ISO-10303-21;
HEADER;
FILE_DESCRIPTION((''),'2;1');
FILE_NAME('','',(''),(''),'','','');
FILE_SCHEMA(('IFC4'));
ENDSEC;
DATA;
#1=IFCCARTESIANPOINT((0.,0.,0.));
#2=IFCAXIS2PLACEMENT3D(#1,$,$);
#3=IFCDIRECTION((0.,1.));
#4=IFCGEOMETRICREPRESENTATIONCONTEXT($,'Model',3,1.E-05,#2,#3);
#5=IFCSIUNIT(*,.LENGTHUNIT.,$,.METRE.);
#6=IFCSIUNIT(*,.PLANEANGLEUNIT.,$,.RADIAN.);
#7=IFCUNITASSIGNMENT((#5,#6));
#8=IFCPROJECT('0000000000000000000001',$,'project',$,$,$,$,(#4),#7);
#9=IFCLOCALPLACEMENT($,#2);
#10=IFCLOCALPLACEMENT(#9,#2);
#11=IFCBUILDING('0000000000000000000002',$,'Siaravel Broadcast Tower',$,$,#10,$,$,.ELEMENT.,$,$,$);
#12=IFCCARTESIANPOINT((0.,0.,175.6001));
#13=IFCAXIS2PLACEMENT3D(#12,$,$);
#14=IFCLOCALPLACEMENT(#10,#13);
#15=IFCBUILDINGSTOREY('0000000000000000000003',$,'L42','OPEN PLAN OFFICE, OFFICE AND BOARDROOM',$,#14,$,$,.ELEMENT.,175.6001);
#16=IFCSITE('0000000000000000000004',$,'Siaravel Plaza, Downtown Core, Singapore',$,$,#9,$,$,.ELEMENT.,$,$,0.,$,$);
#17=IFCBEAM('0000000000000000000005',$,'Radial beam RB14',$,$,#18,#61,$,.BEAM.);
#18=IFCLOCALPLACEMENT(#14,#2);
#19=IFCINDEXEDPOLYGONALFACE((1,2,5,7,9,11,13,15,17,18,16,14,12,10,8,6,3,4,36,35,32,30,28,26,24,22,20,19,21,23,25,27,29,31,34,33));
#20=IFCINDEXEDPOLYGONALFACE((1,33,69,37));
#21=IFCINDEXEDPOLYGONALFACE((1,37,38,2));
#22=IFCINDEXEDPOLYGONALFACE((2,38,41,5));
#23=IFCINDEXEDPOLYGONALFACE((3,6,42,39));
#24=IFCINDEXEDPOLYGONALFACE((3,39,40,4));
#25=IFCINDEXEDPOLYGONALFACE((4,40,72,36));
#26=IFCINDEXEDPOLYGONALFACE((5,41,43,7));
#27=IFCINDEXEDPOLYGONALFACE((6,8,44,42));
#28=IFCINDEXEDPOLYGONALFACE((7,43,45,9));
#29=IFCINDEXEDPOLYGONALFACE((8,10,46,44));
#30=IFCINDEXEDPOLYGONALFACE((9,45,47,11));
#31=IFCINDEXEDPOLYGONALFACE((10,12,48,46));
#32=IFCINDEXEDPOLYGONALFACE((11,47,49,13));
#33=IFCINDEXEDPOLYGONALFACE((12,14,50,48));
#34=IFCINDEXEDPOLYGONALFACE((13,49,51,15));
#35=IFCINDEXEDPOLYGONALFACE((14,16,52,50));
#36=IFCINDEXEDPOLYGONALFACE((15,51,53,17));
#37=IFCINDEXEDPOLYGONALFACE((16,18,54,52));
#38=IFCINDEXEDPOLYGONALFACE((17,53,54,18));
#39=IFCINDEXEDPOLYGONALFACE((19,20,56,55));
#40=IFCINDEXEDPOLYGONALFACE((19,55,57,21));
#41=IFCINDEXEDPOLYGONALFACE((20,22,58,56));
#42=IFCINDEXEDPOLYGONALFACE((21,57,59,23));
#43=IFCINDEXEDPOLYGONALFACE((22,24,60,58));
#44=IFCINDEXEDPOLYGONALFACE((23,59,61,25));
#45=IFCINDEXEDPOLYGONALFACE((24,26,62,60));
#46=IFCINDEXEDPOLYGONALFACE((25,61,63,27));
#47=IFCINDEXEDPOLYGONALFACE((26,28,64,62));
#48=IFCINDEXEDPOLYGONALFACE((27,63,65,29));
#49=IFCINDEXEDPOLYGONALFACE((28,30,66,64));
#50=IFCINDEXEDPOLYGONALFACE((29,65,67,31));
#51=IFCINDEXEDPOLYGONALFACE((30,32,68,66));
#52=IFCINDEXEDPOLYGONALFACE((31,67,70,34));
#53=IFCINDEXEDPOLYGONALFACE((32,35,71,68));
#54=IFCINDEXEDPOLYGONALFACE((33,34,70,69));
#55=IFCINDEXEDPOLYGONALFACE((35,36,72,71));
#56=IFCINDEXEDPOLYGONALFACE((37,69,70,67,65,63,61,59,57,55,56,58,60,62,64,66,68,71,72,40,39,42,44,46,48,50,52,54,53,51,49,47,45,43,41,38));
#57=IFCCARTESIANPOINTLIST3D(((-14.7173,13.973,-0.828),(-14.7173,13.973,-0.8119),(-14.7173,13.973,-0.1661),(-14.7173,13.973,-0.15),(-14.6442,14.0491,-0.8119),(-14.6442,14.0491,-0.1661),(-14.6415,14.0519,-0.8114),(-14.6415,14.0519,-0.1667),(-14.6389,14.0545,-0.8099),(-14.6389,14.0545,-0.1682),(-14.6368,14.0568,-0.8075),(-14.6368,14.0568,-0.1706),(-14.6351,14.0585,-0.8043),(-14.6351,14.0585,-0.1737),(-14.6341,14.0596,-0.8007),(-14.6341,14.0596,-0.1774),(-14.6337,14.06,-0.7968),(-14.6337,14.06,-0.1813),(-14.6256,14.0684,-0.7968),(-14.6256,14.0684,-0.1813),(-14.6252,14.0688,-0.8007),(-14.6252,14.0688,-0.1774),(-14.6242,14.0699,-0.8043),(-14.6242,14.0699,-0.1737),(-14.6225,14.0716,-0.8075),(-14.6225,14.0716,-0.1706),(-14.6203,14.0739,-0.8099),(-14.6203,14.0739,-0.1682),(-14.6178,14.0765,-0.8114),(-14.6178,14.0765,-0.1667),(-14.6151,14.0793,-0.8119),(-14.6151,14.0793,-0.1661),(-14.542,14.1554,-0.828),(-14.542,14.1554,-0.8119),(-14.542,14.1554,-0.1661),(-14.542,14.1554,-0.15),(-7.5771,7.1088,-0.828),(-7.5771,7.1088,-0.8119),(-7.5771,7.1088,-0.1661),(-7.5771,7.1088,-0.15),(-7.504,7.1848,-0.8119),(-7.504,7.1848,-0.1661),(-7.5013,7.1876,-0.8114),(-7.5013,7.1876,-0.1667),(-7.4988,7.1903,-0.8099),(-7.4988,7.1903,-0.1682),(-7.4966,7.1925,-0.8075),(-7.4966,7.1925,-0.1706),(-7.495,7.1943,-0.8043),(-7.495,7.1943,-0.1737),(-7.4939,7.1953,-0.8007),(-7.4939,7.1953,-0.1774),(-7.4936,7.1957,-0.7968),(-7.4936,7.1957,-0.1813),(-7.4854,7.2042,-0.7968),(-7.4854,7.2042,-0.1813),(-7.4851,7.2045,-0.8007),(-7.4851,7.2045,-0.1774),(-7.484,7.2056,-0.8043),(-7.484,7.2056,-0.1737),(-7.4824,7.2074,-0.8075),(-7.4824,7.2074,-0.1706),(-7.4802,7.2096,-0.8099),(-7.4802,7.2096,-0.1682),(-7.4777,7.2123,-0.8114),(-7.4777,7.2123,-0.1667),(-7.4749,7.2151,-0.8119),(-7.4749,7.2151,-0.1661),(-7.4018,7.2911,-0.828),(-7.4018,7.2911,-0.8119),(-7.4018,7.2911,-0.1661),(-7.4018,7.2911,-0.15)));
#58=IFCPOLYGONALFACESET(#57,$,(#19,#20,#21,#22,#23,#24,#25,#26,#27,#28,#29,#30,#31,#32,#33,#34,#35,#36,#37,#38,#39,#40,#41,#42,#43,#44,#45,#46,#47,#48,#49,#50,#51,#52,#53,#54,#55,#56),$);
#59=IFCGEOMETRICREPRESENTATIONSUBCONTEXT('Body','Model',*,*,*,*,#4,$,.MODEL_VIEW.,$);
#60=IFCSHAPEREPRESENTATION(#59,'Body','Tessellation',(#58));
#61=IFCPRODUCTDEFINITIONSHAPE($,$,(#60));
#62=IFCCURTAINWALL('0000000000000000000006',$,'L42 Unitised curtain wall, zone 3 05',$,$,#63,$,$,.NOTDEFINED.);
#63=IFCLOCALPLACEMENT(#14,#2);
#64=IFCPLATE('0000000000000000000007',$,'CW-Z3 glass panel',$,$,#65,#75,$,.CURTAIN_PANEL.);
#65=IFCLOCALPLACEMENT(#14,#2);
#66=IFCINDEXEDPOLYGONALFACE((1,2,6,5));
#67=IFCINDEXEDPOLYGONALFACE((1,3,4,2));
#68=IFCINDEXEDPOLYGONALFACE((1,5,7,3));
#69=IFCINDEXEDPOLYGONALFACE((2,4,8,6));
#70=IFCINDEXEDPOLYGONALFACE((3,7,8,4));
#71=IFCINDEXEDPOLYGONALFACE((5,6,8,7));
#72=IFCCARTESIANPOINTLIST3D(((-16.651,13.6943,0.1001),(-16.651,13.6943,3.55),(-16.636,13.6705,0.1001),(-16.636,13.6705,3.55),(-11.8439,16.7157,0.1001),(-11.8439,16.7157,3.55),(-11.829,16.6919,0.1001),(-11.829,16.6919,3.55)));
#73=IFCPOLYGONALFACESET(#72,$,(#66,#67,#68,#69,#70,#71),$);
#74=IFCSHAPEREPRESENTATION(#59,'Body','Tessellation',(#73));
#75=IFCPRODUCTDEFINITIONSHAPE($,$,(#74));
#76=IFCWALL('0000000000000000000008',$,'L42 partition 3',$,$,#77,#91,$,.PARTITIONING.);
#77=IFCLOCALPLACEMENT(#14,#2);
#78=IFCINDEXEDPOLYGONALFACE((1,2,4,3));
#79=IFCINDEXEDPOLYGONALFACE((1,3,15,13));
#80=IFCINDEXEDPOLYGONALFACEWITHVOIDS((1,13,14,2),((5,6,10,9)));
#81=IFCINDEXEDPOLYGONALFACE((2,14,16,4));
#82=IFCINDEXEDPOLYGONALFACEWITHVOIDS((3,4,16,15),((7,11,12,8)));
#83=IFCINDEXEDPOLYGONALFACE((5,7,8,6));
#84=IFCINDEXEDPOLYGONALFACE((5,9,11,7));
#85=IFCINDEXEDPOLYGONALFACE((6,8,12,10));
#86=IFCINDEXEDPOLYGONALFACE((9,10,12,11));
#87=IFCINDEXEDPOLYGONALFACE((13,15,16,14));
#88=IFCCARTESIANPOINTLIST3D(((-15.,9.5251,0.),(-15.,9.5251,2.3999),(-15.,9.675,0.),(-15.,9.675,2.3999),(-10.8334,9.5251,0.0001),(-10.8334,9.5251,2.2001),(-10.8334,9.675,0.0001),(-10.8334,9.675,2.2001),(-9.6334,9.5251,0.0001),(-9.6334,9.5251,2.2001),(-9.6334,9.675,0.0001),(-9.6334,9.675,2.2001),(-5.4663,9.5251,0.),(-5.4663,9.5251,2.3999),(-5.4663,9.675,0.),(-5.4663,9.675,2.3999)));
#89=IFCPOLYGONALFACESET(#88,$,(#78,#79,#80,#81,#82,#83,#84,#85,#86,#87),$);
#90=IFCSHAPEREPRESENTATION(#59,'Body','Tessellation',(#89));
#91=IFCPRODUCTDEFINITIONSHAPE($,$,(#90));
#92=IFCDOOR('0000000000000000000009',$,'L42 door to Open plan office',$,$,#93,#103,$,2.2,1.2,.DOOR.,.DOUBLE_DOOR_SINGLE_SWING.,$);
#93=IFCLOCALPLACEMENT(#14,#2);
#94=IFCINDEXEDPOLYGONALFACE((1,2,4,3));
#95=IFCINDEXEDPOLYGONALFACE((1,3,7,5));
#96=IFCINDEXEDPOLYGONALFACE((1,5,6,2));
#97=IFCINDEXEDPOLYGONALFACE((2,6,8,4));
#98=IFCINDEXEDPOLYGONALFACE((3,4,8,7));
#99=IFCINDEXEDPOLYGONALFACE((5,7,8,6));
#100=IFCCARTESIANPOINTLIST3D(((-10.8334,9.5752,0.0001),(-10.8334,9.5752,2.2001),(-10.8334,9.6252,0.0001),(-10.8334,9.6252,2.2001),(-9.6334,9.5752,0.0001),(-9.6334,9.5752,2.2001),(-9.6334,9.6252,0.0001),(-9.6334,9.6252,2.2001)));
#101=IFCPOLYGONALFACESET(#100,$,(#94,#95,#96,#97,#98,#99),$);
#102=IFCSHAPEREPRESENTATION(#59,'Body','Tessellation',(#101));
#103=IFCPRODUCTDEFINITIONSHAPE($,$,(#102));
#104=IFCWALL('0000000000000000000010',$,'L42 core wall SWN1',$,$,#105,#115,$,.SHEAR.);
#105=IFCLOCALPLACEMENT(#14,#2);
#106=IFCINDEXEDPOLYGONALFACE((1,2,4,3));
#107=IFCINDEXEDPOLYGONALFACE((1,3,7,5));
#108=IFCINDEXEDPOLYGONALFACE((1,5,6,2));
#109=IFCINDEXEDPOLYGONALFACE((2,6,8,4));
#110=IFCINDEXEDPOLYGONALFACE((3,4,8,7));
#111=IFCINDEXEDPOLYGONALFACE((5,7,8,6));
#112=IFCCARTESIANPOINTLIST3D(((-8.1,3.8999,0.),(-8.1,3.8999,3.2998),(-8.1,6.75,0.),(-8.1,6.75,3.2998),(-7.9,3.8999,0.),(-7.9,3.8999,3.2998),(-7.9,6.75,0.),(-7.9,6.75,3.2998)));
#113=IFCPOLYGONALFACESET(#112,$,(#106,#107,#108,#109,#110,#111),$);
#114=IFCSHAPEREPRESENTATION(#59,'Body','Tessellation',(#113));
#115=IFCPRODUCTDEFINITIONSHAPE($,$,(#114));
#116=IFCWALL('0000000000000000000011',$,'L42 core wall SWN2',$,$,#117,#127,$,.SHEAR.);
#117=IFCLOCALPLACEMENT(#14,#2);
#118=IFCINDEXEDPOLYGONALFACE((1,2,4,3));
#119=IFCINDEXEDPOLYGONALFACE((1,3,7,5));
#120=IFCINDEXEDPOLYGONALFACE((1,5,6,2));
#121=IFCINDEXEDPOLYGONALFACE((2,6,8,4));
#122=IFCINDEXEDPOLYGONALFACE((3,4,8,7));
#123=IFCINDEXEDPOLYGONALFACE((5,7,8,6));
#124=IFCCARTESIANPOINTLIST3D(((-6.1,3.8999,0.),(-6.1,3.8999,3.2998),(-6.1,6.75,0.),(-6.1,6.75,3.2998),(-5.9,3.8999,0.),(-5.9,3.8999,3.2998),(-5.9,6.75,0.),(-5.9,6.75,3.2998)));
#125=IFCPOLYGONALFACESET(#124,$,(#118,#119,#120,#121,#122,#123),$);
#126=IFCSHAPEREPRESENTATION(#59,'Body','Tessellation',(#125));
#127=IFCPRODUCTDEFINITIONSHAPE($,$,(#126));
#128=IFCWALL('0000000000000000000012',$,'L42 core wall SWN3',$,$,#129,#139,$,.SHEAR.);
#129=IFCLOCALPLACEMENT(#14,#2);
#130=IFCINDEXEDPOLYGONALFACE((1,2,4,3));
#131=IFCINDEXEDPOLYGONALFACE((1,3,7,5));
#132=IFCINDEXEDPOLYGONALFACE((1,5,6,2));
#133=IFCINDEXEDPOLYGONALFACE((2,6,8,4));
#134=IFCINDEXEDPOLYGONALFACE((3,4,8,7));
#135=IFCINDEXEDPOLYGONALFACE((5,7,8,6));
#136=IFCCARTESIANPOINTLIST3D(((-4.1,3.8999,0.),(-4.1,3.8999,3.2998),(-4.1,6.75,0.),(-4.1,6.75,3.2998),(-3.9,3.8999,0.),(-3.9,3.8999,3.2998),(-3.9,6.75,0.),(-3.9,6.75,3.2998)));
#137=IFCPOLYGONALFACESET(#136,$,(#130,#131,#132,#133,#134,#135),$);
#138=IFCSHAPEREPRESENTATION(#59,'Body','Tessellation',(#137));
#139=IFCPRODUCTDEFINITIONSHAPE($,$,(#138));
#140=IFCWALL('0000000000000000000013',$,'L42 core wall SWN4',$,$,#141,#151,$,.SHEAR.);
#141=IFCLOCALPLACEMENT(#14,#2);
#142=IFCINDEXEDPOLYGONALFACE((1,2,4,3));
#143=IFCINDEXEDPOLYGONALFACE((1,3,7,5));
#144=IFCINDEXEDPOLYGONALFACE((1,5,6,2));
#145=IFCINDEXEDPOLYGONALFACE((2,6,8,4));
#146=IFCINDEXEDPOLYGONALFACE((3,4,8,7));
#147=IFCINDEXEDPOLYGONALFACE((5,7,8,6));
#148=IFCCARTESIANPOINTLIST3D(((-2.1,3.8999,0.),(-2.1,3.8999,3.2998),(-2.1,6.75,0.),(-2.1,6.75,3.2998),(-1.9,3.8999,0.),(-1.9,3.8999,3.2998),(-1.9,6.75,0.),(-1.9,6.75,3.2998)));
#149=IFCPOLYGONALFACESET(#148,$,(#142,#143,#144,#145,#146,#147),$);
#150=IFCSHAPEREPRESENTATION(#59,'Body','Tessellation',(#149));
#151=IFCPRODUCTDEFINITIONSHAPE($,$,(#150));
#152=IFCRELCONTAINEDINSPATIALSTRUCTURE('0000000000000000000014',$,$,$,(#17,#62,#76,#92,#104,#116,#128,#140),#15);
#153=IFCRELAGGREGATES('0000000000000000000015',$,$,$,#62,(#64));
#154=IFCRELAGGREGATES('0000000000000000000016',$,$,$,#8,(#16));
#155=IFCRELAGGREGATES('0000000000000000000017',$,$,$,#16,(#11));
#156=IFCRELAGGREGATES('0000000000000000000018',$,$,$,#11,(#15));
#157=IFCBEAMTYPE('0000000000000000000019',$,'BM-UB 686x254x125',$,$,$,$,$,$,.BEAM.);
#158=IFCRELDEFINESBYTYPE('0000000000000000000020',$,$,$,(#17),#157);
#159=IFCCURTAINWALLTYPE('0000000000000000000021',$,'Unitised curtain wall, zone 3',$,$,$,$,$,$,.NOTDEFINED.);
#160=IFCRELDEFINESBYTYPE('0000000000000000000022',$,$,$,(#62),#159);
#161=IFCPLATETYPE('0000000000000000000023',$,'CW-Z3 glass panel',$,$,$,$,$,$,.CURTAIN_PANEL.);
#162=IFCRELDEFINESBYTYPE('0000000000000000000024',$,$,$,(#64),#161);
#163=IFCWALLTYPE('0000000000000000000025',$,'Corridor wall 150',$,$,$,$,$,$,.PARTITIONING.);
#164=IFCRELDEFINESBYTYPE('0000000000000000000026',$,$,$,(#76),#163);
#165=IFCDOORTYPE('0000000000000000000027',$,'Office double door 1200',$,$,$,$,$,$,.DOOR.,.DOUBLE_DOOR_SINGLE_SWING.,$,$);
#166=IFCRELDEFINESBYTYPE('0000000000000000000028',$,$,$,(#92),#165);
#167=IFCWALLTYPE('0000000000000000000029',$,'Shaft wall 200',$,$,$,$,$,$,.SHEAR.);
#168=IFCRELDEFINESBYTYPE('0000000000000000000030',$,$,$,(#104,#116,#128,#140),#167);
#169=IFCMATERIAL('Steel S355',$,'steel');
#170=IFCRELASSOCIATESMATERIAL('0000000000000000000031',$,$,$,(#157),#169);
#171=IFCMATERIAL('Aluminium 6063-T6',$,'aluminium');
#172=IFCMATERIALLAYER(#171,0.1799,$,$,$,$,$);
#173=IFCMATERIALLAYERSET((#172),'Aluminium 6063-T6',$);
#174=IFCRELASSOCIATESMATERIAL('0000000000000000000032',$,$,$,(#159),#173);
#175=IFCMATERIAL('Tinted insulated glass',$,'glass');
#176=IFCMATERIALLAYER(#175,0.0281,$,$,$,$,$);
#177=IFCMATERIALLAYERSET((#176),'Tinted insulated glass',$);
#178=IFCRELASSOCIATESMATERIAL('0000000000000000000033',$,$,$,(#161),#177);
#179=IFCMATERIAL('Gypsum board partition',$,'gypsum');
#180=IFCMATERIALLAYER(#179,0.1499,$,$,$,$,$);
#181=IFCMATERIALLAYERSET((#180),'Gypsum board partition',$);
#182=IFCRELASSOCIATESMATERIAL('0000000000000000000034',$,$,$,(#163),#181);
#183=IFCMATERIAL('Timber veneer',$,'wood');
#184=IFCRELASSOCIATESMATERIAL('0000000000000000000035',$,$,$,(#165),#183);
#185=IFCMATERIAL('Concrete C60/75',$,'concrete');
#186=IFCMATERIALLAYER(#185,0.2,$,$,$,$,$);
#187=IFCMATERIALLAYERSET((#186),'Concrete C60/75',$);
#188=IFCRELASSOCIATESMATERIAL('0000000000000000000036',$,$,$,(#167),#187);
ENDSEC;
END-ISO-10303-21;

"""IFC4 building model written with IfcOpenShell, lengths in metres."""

from ifc_helpers import new_model, si_unit, direction, frame, frame_2d, origin, origin_2d, place, context, subcontext, project, spatial, rectangle, i_section, extrude, material, layer, layer_set, material_profile, profile_set, type_object, element, fill, aggregate, save


model = new_model("IFC4")

# Units and contexts
model_context = context("Model", 3, precision=1e-05, world=origin(), true_north=direction((0.0, 1.0)))
body_context = subcontext(model_context, "Body", "Model", "MODEL_VIEW")
ifc_project = project(units=[si_unit("LENGTHUNIT", "METRE"), si_unit("PLANEANGLEUNIT", "RADIAN")], contexts=[model_context])

# Site, building, storey
site_placement = place(None, origin())
site = spatial("IfcSite", under=ifc_project, at=site_placement, Name="Siaravel Plaza, Downtown Core, Singapore", CompositionType="ELEMENT", RefElevation=0.0)
building_placement = place(site_placement, origin())
building = spatial("IfcBuilding", under=site, at=building_placement, Name="Siaravel Broadcast Tower", CompositionType="ELEMENT")
storey_placement = place(building_placement, frame((0.0, 0.0, 175.6001)))
storey = spatial("IfcBuildingStorey", under=building, at=storey_placement, Name="L42", Description="OPEN PLAN OFFICE, OFFICE AND BOARDROOM", CompositionType="ELEMENT", Elevation=175.6001)

# Beam
ifc_material_1 = material(Name="Steel S355", Category="steel")
ifc_material_profile = material_profile(ifc_material_1, i_section(OverallWidth=0.2529, OverallDepth=0.678, WebThickness=0.0117, FlangeThickness=0.0161, FilletRadius=0.0151, at=origin_2d()))
ifc_profile_set = profile_set([ifc_material_profile], Name="Steel S355")
beam_type = type_object("IfcBeamType", Name="BM-UB 686x254x125", PredefinedType="BEAM", material=ifc_profile_set)
beam_placement = place(storey_placement, frame((-14.6296, 14.0642, -0.489), z_axis=(0.720897, -0.693043, 0.0), x_axis=(0.693043, 0.720897, 0.0)))
element("IfcBeam", 1, at=beam_placement, inside=storey, type_object=beam_type, Name="Radial beam RB14", PredefinedType="BEAM", context=body_context, shape_type="SweptSolid", body=[
    extrude(i_section(OverallWidth=0.2529, OverallDepth=0.678, WebThickness=0.0117, FlangeThickness=0.0161, FilletRadius=0.0151, at=origin_2d()), origin(), (0.0, 0.0, 1.0), 9.9045),
])

# Curtain wall, plate
ifc_material_2 = material(Name="Aluminium 6063-T6", Category="aluminium")
ifc_layer_1 = layer(ifc_material_2, 0.1799)
ifc_layer_set_1 = layer_set([ifc_layer_1], Name="Aluminium 6063-T6")
curtain_wall_type = type_object("IfcCurtainWallType", Name="Unitised curtain wall, zone 3", PredefinedType="NOTDEFINED", material=ifc_layer_set_1)
curtain_wall_placement = place(storey_placement, origin())
curtain_wall = element("IfcCurtainWall", 2, at=curtain_wall_placement, inside=storey, type_object=curtain_wall_type, Name="L42 Unitised curtain wall, zone 3 05", PredefinedType="NOTDEFINED")
ifc_material_3 = material(Name="Tinted insulated glass", Category="glass")
ifc_layer_2 = layer(ifc_material_3, 0.0281)
ifc_layer_set_2 = layer_set([ifc_layer_2], Name="Tinted insulated glass")
plate_type = type_object("IfcPlateType", Name="CW-Z3 glass panel", PredefinedType="CURTAIN_PANEL", material=ifc_layer_set_2)
plate_placement = place(storey_placement, frame((-14.24, 15.1931, 0.1001), z_axis=(0.0, 0.0, 1.0), x_axis=(-0.846651, -0.532149, 0.0)))
plate = element("IfcPlate", 3, at=plate_placement, type_object=plate_type, Name="CW-Z3 glass panel", PredefinedType="CURTAIN_PANEL", context=body_context, shape_type="SweptSolid", body=[
    extrude(rectangle(XDim=5.6777, YDim=0.0281, at=origin_2d()), origin(), (0.0, 0.0, 1.0), 3.45),
])
aggregate(curtain_wall, [plate])

# Shared definitions
ifc_material_4 = material(Name="Concrete C60/75", Category="concrete")
ifc_material_5 = material(Name="Timber veneer", Category="wood")

# Wall, opening, door
ifc_material_6 = material(Name="Gypsum board partition", Category="gypsum")
ifc_layer_3 = layer(ifc_material_6, 0.1499)
ifc_layer_set_3 = layer_set([ifc_layer_3], Name="Gypsum board partition")
wall_type_1 = type_object("IfcWallType", Name="Corridor wall 150", PredefinedType="PARTITIONING", material=ifc_layer_set_3)
wall_1_placement = place(storey_placement, frame((-5.4663, 9.6001, 0.0), z_axis=(0.0, 0.0, 1.0), x_axis=(-1.0, 0.0, 0.0)))
wall_1 = element("IfcWall", 4, at=wall_1_placement, inside=storey, type_object=wall_type_1, Name="L42 partition 3", PredefinedType="PARTITIONING", context=body_context, shape_type="SweptSolid", body=[
    extrude(rectangle(XDim=9.5337, YDim=0.1499, at=frame_2d((4.7668, 0.0))), origin(), (0.0, 0.0, 1.0), 2.3999),
])
opening_1_placement = place(wall_1_placement, frame((4.167, 0.0, 0.0)))
opening_1 = element("IfcOpeningElement", 5, at=opening_1_placement, cuts=wall_1, PredefinedType="OPENING", context=body_context, shape_type="SweptSolid", body=[
    extrude(rectangle(XDim=1.2, YDim=2.2, at=frame_2d((0.6001, 1.1001))), frame((0.0, 0.085, 0.0), z_axis=(0.0, -1.0, 0.0), x_axis=(1.0, 0.0, 0.0)), (0.0, 0.0, 1.0), 0.1699),
])
door_type_1 = type_object("IfcDoorType", Name="Office double door 1200", OperationType="DOUBLE_DOOR_SINGLE_SWING", PredefinedType="DOOR", material=ifc_material_5)
door_1_placement = place(opening_1_placement, origin())
door_1 = element("IfcDoor", 6, at=door_1_placement, inside=storey, type_object=door_type_1, Name="L42 door to Open plan office", OperationType="DOUBLE_DOOR_SINGLE_SWING", OverallHeight=2.2, OverallWidth=1.2, PredefinedType="DOOR", context=body_context, shape_type="SweptSolid", body=[
    extrude(rectangle(XDim=1.2, YDim=2.2, at=frame_2d((0.6001, 1.1001))), frame((0.0, 0.0249, 0.0), z_axis=(0.0, -1.0, 0.0), x_axis=(1.0, 0.0, 0.0)), (0.0, 0.0, 1.0), 0.05),
])
fill(opening_1, door_1)

# Walls
ifc_layer_4 = layer(ifc_material_4, 0.2)
ifc_layer_set_4 = layer_set([ifc_layer_4], Name="Concrete C60/75")
wall_type_2 = type_object("IfcWallType", Name="Shaft wall 200", PredefinedType="SHEAR", material=ifc_layer_set_4)
for number, where, z_axis, x_axis, name in (
    (7, (-8.0, 3.8999, 0.0), (0.0, 0.0, 1.0), (0.0, 1.0, 0.0), "L42 core wall SWN1"),
    (8, (-6.0, 3.8999, 0.0), (0.0, 0.0, 1.0), (0.0, 1.0, 0.0), "L42 core wall SWN2"),
    (9, (-4.0, 3.8999, 0.0), (0.0, 0.0, 1.0), (0.0, 1.0, 0.0), "L42 core wall SWN3"),
    (10, (-2.0, 3.8999, 0.0), (0.0, 0.0, 1.0), (0.0, 1.0, 0.0), "L42 core wall SWN4"),
):
    element("IfcWall", number, at=place(storey_placement, frame(where, z_axis=z_axis, x_axis=x_axis)), inside=storey, type_object=wall_type_2, Name=name, PredefinedType="SHEAR", context=body_context, shape_type="SweptSolid", body=[
        extrude(rectangle(XDim=2.8501, YDim=0.2, at=frame_2d((1.425, 0.0))), origin(), (0.0, 0.0, 1.0), 3.2998),
    ])

save(model, "model.ifc")
